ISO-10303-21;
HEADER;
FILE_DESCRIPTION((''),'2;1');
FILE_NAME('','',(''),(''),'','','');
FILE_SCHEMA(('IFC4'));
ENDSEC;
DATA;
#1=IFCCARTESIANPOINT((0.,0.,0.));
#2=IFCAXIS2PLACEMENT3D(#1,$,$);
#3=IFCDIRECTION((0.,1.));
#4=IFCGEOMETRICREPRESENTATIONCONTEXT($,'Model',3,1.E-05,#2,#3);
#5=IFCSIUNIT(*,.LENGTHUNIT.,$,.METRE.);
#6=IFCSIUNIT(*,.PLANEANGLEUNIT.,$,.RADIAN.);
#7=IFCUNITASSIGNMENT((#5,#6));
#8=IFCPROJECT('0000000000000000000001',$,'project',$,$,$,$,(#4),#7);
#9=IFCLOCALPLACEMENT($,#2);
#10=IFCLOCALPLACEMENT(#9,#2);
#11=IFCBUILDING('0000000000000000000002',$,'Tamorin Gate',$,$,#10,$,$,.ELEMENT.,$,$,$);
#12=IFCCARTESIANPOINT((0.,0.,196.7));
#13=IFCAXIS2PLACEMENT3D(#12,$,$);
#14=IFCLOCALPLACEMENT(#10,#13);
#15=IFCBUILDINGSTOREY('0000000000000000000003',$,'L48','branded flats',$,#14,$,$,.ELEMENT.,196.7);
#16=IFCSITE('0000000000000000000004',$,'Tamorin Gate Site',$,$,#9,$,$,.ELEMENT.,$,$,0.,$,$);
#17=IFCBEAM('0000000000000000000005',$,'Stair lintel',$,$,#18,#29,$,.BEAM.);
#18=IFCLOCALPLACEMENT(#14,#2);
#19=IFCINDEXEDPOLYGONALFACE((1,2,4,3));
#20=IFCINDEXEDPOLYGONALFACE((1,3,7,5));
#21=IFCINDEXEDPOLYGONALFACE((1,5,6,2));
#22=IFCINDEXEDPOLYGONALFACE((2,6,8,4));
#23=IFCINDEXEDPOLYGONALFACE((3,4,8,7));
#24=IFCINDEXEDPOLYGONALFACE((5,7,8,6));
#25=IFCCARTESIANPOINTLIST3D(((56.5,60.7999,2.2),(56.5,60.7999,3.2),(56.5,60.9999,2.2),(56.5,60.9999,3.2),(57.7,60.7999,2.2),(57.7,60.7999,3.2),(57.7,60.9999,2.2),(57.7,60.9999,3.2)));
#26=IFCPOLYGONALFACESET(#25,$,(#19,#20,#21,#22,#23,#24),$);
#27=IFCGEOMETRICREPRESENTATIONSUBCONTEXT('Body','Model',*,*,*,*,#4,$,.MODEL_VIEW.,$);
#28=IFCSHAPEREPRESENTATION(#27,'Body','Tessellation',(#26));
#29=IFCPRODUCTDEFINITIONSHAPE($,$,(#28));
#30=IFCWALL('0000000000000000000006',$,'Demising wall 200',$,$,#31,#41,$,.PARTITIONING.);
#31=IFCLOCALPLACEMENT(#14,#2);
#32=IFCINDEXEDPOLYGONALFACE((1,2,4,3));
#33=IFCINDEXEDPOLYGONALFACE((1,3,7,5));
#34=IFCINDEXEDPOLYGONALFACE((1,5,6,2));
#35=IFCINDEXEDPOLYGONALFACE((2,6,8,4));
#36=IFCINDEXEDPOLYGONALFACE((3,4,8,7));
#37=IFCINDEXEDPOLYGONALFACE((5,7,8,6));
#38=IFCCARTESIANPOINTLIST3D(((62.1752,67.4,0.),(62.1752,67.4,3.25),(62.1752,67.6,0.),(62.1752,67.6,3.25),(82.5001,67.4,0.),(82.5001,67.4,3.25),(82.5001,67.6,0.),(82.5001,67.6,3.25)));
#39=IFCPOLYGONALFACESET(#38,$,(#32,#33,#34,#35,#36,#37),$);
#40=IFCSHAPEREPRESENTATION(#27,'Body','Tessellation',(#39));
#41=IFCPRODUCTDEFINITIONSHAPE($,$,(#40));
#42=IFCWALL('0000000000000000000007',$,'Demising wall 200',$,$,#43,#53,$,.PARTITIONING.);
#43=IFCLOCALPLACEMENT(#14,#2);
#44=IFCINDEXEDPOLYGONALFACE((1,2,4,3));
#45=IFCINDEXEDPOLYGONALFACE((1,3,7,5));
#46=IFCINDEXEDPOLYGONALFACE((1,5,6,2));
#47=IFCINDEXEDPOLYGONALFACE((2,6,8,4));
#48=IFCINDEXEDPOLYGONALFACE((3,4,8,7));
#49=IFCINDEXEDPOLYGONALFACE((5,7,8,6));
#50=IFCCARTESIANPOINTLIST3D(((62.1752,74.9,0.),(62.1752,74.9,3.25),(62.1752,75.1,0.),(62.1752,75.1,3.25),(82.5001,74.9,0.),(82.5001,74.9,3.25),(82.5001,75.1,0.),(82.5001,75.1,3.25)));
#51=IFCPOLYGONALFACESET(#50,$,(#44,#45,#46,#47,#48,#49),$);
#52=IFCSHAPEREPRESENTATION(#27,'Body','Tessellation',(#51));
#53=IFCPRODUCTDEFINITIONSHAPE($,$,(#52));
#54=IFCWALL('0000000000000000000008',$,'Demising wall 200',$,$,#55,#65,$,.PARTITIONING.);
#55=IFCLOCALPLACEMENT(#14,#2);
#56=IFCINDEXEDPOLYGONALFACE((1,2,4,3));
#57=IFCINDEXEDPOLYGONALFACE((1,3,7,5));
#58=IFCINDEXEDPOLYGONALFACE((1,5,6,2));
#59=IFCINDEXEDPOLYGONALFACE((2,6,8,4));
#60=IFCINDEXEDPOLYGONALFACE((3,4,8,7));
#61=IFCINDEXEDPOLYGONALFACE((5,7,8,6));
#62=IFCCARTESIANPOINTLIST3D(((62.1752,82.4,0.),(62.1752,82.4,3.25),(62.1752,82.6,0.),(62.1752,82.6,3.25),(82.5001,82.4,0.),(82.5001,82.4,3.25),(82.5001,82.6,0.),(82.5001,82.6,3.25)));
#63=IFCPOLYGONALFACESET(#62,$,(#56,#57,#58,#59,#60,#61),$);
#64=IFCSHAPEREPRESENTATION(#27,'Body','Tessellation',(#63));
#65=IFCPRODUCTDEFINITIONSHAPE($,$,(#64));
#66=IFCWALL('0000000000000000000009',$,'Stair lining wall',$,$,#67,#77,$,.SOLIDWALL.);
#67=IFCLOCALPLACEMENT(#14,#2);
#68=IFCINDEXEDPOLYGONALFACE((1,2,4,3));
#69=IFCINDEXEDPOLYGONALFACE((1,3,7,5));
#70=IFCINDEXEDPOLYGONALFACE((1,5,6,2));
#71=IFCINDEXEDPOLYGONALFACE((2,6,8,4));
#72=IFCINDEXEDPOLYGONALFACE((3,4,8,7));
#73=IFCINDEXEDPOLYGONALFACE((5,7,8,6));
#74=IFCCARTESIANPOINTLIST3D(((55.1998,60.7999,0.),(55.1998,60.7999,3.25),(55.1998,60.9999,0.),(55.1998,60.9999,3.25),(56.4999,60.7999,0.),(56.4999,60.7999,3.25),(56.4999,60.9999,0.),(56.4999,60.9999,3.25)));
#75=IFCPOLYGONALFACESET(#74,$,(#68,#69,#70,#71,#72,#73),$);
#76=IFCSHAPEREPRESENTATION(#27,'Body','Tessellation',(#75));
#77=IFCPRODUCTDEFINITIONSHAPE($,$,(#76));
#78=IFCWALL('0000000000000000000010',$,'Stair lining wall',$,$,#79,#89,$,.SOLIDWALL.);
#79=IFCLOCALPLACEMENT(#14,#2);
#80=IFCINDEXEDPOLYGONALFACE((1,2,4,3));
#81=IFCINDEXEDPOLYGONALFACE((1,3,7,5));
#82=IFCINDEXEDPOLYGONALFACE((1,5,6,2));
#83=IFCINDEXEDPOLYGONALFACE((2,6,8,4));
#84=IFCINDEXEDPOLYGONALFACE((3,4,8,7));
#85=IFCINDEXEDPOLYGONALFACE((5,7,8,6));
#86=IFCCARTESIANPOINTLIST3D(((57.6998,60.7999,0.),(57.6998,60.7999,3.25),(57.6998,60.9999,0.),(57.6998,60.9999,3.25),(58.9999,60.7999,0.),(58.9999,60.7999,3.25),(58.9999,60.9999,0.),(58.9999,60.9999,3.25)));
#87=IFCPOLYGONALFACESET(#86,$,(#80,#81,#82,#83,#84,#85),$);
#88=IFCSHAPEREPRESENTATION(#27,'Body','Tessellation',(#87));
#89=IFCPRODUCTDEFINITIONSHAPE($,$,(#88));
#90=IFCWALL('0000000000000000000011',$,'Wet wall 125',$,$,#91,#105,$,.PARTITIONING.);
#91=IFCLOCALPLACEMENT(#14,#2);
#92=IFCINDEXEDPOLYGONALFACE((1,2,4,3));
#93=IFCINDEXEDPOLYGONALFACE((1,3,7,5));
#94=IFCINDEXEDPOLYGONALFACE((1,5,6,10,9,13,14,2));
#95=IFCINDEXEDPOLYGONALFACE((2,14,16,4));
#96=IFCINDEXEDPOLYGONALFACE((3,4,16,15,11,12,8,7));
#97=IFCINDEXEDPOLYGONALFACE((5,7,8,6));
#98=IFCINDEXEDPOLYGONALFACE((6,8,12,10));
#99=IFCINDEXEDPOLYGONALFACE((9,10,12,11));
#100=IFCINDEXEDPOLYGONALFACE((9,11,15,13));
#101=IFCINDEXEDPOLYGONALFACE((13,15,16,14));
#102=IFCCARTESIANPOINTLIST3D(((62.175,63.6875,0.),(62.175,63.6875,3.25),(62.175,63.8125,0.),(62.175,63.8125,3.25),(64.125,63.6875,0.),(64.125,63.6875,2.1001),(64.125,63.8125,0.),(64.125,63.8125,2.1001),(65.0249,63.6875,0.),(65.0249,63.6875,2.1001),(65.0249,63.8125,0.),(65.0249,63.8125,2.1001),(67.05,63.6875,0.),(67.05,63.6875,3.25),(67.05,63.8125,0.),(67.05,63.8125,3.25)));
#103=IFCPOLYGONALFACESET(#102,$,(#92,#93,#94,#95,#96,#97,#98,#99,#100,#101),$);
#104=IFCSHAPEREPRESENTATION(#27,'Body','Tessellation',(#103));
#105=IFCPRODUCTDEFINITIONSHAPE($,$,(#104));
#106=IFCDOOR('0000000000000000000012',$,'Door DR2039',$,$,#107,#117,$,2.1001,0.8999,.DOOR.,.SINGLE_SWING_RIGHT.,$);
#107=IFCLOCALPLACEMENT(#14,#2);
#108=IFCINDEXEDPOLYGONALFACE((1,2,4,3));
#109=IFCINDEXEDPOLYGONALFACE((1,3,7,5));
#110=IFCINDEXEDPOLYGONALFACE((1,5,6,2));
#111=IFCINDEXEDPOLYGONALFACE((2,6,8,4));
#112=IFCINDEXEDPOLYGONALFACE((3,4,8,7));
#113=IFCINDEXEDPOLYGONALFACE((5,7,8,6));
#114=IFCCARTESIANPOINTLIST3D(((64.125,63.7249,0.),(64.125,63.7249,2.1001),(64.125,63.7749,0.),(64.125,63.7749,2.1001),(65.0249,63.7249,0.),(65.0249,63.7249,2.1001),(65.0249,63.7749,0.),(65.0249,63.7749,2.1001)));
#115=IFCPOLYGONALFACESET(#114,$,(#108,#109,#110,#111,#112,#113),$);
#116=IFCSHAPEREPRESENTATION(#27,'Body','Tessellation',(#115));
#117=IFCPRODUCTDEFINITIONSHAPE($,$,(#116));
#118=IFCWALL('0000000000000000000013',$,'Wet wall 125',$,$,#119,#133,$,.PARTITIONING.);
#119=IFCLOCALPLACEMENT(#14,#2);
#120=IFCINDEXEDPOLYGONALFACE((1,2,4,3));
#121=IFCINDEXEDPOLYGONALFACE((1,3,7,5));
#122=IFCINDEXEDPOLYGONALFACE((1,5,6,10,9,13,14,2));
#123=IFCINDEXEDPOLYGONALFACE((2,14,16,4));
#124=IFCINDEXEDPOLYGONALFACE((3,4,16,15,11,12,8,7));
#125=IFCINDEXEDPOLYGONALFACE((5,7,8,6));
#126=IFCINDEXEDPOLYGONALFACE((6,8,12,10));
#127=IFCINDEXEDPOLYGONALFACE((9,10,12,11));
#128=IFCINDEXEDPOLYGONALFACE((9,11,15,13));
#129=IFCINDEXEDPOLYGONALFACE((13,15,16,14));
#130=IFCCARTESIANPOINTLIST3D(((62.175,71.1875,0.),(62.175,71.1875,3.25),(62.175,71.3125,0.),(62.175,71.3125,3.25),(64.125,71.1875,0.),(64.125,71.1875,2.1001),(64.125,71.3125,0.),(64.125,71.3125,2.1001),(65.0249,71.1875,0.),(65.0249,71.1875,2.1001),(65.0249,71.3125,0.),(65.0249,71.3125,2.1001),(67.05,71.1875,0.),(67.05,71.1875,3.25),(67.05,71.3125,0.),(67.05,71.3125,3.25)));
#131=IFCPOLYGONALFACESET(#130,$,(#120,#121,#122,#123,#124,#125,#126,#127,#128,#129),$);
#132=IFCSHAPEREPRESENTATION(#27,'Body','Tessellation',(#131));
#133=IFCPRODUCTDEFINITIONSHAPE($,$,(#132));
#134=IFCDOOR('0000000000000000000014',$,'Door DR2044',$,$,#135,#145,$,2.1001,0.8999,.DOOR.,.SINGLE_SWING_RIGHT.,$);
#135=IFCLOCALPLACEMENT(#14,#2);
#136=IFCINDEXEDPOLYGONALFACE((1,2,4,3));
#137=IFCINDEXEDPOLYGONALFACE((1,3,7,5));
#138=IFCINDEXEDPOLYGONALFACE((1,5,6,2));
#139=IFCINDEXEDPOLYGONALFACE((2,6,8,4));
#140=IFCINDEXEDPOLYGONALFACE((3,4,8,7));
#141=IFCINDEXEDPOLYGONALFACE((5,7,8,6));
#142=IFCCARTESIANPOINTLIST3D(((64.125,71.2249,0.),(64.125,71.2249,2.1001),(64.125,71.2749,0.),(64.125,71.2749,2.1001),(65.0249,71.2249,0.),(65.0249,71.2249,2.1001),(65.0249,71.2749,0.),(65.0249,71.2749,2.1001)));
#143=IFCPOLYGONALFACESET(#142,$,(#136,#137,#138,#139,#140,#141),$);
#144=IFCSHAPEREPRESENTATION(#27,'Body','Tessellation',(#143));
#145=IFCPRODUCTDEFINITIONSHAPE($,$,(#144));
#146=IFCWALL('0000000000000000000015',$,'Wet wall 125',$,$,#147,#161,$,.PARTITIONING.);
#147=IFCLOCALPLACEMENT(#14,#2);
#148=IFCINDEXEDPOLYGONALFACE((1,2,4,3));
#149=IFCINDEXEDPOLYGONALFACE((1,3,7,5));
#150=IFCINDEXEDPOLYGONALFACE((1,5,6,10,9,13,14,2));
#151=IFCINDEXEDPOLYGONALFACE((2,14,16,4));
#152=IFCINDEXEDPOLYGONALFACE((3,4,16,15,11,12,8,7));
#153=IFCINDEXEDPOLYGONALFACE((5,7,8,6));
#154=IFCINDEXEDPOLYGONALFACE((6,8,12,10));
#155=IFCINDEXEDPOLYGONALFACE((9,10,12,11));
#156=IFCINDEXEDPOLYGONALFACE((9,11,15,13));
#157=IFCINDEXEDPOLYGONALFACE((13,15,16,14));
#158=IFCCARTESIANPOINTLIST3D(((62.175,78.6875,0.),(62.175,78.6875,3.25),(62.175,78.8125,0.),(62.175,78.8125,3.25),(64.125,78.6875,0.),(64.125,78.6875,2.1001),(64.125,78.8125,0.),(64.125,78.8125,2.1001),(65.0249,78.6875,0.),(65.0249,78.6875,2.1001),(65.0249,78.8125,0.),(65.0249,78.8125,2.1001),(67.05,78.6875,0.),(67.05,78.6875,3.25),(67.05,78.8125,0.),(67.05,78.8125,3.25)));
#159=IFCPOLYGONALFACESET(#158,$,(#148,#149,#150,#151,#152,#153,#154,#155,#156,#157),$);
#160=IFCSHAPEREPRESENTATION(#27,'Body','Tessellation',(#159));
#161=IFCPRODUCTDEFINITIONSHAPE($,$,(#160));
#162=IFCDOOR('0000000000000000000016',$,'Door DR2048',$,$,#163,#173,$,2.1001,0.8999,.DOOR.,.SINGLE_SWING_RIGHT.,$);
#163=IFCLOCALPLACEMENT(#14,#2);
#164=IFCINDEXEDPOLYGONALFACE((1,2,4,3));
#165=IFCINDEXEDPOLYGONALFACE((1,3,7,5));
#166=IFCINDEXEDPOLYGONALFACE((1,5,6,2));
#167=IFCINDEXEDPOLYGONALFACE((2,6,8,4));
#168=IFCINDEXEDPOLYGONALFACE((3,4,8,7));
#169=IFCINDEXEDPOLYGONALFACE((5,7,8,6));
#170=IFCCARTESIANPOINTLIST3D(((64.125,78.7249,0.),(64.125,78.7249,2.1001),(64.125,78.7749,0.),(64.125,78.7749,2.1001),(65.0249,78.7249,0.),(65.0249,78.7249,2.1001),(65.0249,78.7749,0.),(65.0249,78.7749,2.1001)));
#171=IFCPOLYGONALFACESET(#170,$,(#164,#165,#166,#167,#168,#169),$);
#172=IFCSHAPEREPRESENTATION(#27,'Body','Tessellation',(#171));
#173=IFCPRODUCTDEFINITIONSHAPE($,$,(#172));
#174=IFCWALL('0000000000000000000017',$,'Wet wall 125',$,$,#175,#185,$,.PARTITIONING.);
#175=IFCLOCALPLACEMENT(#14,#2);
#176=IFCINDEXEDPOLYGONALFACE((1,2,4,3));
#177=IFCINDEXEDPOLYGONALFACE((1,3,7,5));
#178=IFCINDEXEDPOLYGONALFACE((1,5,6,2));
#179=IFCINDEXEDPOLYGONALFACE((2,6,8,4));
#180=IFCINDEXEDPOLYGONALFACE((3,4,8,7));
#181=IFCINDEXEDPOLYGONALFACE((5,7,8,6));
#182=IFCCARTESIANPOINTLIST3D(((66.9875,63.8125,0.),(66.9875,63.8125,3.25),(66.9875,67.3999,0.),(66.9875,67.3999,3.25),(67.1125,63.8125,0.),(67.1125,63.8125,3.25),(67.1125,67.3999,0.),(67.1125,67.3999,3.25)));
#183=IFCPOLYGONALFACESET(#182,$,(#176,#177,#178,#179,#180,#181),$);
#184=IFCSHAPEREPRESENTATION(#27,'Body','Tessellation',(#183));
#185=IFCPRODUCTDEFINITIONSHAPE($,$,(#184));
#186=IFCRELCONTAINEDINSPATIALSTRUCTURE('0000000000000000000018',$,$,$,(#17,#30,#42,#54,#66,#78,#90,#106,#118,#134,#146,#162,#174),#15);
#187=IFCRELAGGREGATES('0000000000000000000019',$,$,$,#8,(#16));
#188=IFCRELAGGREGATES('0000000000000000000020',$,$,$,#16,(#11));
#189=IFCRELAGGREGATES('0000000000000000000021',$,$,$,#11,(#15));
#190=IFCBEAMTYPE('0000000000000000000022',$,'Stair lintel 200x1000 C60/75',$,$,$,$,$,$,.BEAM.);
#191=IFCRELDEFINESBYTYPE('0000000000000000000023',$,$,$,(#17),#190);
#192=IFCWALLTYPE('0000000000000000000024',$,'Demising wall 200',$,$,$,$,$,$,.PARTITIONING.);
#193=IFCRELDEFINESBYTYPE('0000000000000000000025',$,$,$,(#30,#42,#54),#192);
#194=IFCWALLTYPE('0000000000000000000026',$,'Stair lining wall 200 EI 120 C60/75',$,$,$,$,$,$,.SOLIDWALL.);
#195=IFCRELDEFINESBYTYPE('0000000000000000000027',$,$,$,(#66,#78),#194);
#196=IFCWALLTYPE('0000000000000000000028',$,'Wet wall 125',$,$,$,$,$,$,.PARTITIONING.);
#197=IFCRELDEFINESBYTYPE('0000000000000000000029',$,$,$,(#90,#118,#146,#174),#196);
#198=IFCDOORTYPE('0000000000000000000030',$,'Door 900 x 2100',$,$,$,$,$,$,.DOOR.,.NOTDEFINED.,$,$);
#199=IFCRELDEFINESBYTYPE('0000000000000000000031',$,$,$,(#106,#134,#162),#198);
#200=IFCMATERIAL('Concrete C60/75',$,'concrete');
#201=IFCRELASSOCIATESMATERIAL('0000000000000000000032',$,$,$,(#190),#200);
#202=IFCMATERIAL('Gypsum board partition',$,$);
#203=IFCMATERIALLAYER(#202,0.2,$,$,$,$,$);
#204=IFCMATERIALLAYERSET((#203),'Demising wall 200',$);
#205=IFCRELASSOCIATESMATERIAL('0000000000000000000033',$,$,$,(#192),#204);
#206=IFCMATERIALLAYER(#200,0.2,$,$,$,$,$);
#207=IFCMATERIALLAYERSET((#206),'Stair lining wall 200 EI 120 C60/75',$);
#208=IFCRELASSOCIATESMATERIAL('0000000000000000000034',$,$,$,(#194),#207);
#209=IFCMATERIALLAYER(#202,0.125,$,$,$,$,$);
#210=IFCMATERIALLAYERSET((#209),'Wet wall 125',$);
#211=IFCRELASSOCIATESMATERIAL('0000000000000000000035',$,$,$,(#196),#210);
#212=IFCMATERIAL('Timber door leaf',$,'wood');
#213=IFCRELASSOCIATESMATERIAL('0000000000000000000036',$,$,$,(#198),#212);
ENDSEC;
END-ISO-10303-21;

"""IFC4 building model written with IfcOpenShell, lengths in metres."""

from ifc_helpers import new_model, si_unit, direction, frame, frame_2d, origin, origin_2d, place, context, subcontext, project, spatial, rectangle, extrude, material, layer, layer_set, material_profile, profile_set, type_object, element, fill, save


model = new_model("IFC4")

# Units and contexts
model_context = context("Model", 3, precision=1e-05, world=origin(), true_north=direction((0.0, 1.0)))
body_context = subcontext(model_context, "Body", "Model", "MODEL_VIEW")
ifc_project = project(units=[si_unit("LENGTHUNIT", "METRE"), si_unit("PLANEANGLEUNIT", "RADIAN")], contexts=[model_context])

# Site, building, storey
site_placement = place(None, origin())
site = spatial("IfcSite", under=ifc_project, at=site_placement, Name="Tamorin Gate Site", CompositionType="ELEMENT", RefElevation=0.0)
building_placement = place(site_placement, origin())
building = spatial("IfcBuilding", under=site, at=building_placement, Name="Tamorin Gate", CompositionType="ELEMENT")
storey_placement = place(building_placement, frame((0.0, 0.0, 196.7)))
storey = spatial("IfcBuildingStorey", under=building, at=storey_placement, Name="L48", Description="branded flats", CompositionType="ELEMENT", Elevation=196.7)

# Beam
ifc_material_1 = material(Name="Concrete C60/75", Category="concrete")
ifc_material_profile = material_profile(ifc_material_1, rectangle(XDim=0.2, YDim=1.0, at=origin_2d()))
ifc_profile_set = profile_set([ifc_material_profile], Name="Concrete C60/75")
beam_type = type_object("IfcBeamType", Name="Stair lintel 200x1000 C60/75", PredefinedType="BEAM", material=ifc_profile_set)
beam_placement = place(storey_placement, frame((56.5, 60.8999, 2.7), z_axis=(1.0, 0.0, 0.0), x_axis=(0.0, 1.0, 0.0)))
element("IfcBeam", 1, at=beam_placement, inside=storey, type_object=beam_type, Name="Stair lintel", PredefinedType="BEAM", context=body_context, shape_type="SweptSolid", body=[
    extrude(rectangle(XDim=0.2, YDim=1.0, at=origin_2d()), origin(), (0.0, 0.0, 1.0), 1.2),
])

# Walls
ifc_material_2 = material(Name="Gypsum board partition")
ifc_layer_1 = layer(ifc_material_2, 0.2)
ifc_layer_set_1 = layer_set([ifc_layer_1], Name="Demising wall 200")
wall_type_1 = type_object("IfcWallType", Name="Demising wall 200", PredefinedType="PARTITIONING", material=ifc_layer_set_1)
for number, where, z_axis, x_axis, name in (
    (2, (62.175, 67.5, 0.0), (0.0, 0.0, 1.0), (1.0, 0.0, 0.0), "Demising wall 200"),
    (3, (62.175, 75.0, 0.0), (0.0, 0.0, 1.0), (1.0, 0.0, 0.0), "Demising wall 200"),
    (4, (62.175, 82.5, 0.0), (0.0, 0.0, 1.0), (1.0, 0.0, 0.0), "Demising wall 200"),
):
    element("IfcWall", number, at=place(storey_placement, frame(where, z_axis=z_axis, x_axis=x_axis)), inside=storey, type_object=wall_type_1, Name=name, PredefinedType="PARTITIONING", context=body_context, shape_type="SweptSolid", body=[
        extrude(rectangle(XDim=20.325, YDim=0.2, at=frame_2d((10.1626, 0.0))), origin(), (0.0, 0.0, 1.0), 3.25),
    ])
ifc_layer_2 = layer(ifc_material_1, 0.2)
ifc_layer_set_2 = layer_set([ifc_layer_2], Name="Stair lining wall 200 EI 120 C60/75")
wall_type_2 = type_object("IfcWallType", Name="Stair lining wall 200 EI 120 C60/75", PredefinedType="SOLIDWALL", material=ifc_layer_set_2)
for number, where, z_axis, x_axis, name in (
    (5, (55.2, 60.8999, 0.0), (0.0, 0.0, 1.0), (1.0, 0.0, 0.0), "Stair lining wall"),
    (6, (57.7, 60.8999, 0.0), (0.0, 0.0, 1.0), (1.0, 0.0, 0.0), "Stair lining wall"),
):
    element("IfcWall", number, at=place(storey_placement, frame(where, z_axis=z_axis, x_axis=x_axis)), inside=storey, type_object=wall_type_2, Name=name, PredefinedType="SOLIDWALL", context=body_context, shape_type="SweptSolid", body=[
        extrude(rectangle(XDim=1.3, YDim=0.2, at=frame_2d((0.6499, 0.0))), origin(), (0.0, 0.0, 1.0), 3.25),
    ])

# Walls, openings, doors
ifc_layer_3 = layer(ifc_material_2, 0.125)
ifc_layer_set_3 = layer_set([ifc_layer_3], Name="Wet wall 125")
wall_type_3 = type_object("IfcWallType", Name="Wet wall 125", PredefinedType="PARTITIONING", material=ifc_layer_set_3)
wall_1_placement = place(storey_placement, frame((62.175, 63.75, 0.0), z_axis=(0.0, 0.0, 1.0), x_axis=(1.0, 0.0, 0.0)))
wall_1 = element("IfcWall", 7, at=wall_1_placement, inside=storey, type_object=wall_type_3, Name="Wet wall 125", PredefinedType="PARTITIONING", context=body_context, shape_type="SweptSolid", body=[
    extrude(rectangle(XDim=4.875, YDim=0.125, at=frame_2d((2.4375, 0.0))), origin(), (0.0, 0.0, 1.0), 3.25),
])
opening_1_placement = place(wall_1_placement, frame((1.95, 0.0, 0.0)))
opening_1 = element("IfcOpeningElement", 8, at=opening_1_placement, cuts=wall_1, PredefinedType="OPENING", context=body_context, shape_type="SweptSolid", body=[
    extrude(rectangle(XDim=0.8999, YDim=2.1001, at=frame_2d((0.45, 1.05))), frame((0.0, 0.0725, 0.0), z_axis=(0.0, -1.0, 0.0), x_axis=(1.0, 0.0, 0.0)), (0.0, 0.0, 1.0), 0.145),
])
ifc_material_3 = material(Name="Timber door leaf", Category="wood")
door_type = type_object("IfcDoorType", Name="Door 900 x 2100", OperationType="NOTDEFINED", PredefinedType="DOOR", material=ifc_material_3)
door_1_placement = place(opening_1_placement, origin())
door_1 = element("IfcDoor", 9, at=door_1_placement, inside=storey, type_object=door_type, Name="Door DR2039", OperationType="SINGLE_SWING_RIGHT", OverallHeight=2.1001, OverallWidth=0.8999, PredefinedType="DOOR", context=body_context, shape_type="SweptSolid", body=[
    extrude(rectangle(XDim=0.8999, YDim=2.1001, at=frame_2d((0.45, 1.05))), frame((0.0, 0.0249, 0.0), z_axis=(0.0, -1.0, 0.0), x_axis=(1.0, 0.0, 0.0)), (0.0, 0.0, 1.0), 0.05),
])
fill(opening_1, door_1)
wall_2_placement = place(storey_placement, frame((62.175, 71.25, 0.0), z_axis=(0.0, 0.0, 1.0), x_axis=(1.0, 0.0, 0.0)))
wall_2 = element("IfcWall", 10, at=wall_2_placement, inside=storey, type_object=wall_type_3, Name="Wet wall 125", PredefinedType="PARTITIONING", context=body_context, shape_type="SweptSolid", body=[
    extrude(rectangle(XDim=4.875, YDim=0.125, at=frame_2d((2.4375, 0.0))), origin(), (0.0, 0.0, 1.0), 3.25),
])
opening_2_placement = place(wall_2_placement, frame((1.95, 0.0, 0.0)))
opening_2 = element("IfcOpeningElement", 11, at=opening_2_placement, cuts=wall_2, PredefinedType="OPENING", context=body_context, shape_type="SweptSolid", body=[
    extrude(rectangle(XDim=0.8999, YDim=2.1001, at=frame_2d((0.45, 1.05))), frame((0.0, 0.0725, 0.0), z_axis=(0.0, -1.0, 0.0), x_axis=(1.0, 0.0, 0.0)), (0.0, 0.0, 1.0), 0.145),
])
door_2_placement = place(opening_2_placement, origin())
door_2 = element("IfcDoor", 12, at=door_2_placement, inside=storey, type_object=door_type, Name="Door DR2044", OperationType="SINGLE_SWING_RIGHT", OverallHeight=2.1001, OverallWidth=0.8999, PredefinedType="DOOR", context=body_context, shape_type="SweptSolid", body=[
    extrude(rectangle(XDim=0.8999, YDim=2.1001, at=frame_2d((0.45, 1.05))), frame((0.0, 0.0249, 0.0), z_axis=(0.0, -1.0, 0.0), x_axis=(1.0, 0.0, 0.0)), (0.0, 0.0, 1.0), 0.05),
])
fill(opening_2, door_2)
wall_3_placement = place(storey_placement, frame((62.175, 78.75, 0.0), z_axis=(0.0, 0.0, 1.0), x_axis=(1.0, 0.0, 0.0)))
wall_3 = element("IfcWall", 13, at=wall_3_placement, inside=storey, type_object=wall_type_3, Name="Wet wall 125", PredefinedType="PARTITIONING", context=body_context, shape_type="SweptSolid", body=[
    extrude(rectangle(XDim=4.875, YDim=0.125, at=frame_2d((2.4375, 0.0))), origin(), (0.0, 0.0, 1.0), 3.25),
])
opening_3_placement = place(wall_3_placement, frame((1.95, 0.0, 0.0)))
opening_3 = element("IfcOpeningElement", 14, at=opening_3_placement, cuts=wall_3, PredefinedType="OPENING", context=body_context, shape_type="SweptSolid", body=[
    extrude(rectangle(XDim=0.8999, YDim=2.1001, at=frame_2d((0.45, 1.05))), frame((0.0, 0.0725, 0.0), z_axis=(0.0, -1.0, 0.0), x_axis=(1.0, 0.0, 0.0)), (0.0, 0.0, 1.0), 0.145),
])
door_3_placement = place(opening_3_placement, origin())
door_3 = element("IfcDoor", 15, at=door_3_placement, inside=storey, type_object=door_type, Name="Door DR2048", OperationType="SINGLE_SWING_RIGHT", OverallHeight=2.1001, OverallWidth=0.8999, PredefinedType="DOOR", context=body_context, shape_type="SweptSolid", body=[
    extrude(rectangle(XDim=0.8999, YDim=2.1001, at=frame_2d((0.45, 1.05))), frame((0.0, 0.0249, 0.0), z_axis=(0.0, -1.0, 0.0), x_axis=(1.0, 0.0, 0.0)), (0.0, 0.0, 1.0), 0.05),
])
fill(opening_3, door_3)

# Wall
for number, where, z_axis, x_axis, name in (
    (16, (67.05, 63.8125, 0.0), (0.0, 0.0, 1.0), (0.0, 1.0, 0.0), "Wet wall 125"),
):
    element("IfcWall", number, at=place(storey_placement, frame(where, z_axis=z_axis, x_axis=x_axis)), inside=storey, type_object=wall_type_3, Name=name, PredefinedType="PARTITIONING", context=body_context, shape_type="SweptSolid", body=[
        extrude(rectangle(XDim=3.5874, YDim=0.125, at=frame_2d((1.7937, 0.0))), origin(), (0.0, 0.0, 1.0), 3.25),
    ])

save(model, "model.ifc")
